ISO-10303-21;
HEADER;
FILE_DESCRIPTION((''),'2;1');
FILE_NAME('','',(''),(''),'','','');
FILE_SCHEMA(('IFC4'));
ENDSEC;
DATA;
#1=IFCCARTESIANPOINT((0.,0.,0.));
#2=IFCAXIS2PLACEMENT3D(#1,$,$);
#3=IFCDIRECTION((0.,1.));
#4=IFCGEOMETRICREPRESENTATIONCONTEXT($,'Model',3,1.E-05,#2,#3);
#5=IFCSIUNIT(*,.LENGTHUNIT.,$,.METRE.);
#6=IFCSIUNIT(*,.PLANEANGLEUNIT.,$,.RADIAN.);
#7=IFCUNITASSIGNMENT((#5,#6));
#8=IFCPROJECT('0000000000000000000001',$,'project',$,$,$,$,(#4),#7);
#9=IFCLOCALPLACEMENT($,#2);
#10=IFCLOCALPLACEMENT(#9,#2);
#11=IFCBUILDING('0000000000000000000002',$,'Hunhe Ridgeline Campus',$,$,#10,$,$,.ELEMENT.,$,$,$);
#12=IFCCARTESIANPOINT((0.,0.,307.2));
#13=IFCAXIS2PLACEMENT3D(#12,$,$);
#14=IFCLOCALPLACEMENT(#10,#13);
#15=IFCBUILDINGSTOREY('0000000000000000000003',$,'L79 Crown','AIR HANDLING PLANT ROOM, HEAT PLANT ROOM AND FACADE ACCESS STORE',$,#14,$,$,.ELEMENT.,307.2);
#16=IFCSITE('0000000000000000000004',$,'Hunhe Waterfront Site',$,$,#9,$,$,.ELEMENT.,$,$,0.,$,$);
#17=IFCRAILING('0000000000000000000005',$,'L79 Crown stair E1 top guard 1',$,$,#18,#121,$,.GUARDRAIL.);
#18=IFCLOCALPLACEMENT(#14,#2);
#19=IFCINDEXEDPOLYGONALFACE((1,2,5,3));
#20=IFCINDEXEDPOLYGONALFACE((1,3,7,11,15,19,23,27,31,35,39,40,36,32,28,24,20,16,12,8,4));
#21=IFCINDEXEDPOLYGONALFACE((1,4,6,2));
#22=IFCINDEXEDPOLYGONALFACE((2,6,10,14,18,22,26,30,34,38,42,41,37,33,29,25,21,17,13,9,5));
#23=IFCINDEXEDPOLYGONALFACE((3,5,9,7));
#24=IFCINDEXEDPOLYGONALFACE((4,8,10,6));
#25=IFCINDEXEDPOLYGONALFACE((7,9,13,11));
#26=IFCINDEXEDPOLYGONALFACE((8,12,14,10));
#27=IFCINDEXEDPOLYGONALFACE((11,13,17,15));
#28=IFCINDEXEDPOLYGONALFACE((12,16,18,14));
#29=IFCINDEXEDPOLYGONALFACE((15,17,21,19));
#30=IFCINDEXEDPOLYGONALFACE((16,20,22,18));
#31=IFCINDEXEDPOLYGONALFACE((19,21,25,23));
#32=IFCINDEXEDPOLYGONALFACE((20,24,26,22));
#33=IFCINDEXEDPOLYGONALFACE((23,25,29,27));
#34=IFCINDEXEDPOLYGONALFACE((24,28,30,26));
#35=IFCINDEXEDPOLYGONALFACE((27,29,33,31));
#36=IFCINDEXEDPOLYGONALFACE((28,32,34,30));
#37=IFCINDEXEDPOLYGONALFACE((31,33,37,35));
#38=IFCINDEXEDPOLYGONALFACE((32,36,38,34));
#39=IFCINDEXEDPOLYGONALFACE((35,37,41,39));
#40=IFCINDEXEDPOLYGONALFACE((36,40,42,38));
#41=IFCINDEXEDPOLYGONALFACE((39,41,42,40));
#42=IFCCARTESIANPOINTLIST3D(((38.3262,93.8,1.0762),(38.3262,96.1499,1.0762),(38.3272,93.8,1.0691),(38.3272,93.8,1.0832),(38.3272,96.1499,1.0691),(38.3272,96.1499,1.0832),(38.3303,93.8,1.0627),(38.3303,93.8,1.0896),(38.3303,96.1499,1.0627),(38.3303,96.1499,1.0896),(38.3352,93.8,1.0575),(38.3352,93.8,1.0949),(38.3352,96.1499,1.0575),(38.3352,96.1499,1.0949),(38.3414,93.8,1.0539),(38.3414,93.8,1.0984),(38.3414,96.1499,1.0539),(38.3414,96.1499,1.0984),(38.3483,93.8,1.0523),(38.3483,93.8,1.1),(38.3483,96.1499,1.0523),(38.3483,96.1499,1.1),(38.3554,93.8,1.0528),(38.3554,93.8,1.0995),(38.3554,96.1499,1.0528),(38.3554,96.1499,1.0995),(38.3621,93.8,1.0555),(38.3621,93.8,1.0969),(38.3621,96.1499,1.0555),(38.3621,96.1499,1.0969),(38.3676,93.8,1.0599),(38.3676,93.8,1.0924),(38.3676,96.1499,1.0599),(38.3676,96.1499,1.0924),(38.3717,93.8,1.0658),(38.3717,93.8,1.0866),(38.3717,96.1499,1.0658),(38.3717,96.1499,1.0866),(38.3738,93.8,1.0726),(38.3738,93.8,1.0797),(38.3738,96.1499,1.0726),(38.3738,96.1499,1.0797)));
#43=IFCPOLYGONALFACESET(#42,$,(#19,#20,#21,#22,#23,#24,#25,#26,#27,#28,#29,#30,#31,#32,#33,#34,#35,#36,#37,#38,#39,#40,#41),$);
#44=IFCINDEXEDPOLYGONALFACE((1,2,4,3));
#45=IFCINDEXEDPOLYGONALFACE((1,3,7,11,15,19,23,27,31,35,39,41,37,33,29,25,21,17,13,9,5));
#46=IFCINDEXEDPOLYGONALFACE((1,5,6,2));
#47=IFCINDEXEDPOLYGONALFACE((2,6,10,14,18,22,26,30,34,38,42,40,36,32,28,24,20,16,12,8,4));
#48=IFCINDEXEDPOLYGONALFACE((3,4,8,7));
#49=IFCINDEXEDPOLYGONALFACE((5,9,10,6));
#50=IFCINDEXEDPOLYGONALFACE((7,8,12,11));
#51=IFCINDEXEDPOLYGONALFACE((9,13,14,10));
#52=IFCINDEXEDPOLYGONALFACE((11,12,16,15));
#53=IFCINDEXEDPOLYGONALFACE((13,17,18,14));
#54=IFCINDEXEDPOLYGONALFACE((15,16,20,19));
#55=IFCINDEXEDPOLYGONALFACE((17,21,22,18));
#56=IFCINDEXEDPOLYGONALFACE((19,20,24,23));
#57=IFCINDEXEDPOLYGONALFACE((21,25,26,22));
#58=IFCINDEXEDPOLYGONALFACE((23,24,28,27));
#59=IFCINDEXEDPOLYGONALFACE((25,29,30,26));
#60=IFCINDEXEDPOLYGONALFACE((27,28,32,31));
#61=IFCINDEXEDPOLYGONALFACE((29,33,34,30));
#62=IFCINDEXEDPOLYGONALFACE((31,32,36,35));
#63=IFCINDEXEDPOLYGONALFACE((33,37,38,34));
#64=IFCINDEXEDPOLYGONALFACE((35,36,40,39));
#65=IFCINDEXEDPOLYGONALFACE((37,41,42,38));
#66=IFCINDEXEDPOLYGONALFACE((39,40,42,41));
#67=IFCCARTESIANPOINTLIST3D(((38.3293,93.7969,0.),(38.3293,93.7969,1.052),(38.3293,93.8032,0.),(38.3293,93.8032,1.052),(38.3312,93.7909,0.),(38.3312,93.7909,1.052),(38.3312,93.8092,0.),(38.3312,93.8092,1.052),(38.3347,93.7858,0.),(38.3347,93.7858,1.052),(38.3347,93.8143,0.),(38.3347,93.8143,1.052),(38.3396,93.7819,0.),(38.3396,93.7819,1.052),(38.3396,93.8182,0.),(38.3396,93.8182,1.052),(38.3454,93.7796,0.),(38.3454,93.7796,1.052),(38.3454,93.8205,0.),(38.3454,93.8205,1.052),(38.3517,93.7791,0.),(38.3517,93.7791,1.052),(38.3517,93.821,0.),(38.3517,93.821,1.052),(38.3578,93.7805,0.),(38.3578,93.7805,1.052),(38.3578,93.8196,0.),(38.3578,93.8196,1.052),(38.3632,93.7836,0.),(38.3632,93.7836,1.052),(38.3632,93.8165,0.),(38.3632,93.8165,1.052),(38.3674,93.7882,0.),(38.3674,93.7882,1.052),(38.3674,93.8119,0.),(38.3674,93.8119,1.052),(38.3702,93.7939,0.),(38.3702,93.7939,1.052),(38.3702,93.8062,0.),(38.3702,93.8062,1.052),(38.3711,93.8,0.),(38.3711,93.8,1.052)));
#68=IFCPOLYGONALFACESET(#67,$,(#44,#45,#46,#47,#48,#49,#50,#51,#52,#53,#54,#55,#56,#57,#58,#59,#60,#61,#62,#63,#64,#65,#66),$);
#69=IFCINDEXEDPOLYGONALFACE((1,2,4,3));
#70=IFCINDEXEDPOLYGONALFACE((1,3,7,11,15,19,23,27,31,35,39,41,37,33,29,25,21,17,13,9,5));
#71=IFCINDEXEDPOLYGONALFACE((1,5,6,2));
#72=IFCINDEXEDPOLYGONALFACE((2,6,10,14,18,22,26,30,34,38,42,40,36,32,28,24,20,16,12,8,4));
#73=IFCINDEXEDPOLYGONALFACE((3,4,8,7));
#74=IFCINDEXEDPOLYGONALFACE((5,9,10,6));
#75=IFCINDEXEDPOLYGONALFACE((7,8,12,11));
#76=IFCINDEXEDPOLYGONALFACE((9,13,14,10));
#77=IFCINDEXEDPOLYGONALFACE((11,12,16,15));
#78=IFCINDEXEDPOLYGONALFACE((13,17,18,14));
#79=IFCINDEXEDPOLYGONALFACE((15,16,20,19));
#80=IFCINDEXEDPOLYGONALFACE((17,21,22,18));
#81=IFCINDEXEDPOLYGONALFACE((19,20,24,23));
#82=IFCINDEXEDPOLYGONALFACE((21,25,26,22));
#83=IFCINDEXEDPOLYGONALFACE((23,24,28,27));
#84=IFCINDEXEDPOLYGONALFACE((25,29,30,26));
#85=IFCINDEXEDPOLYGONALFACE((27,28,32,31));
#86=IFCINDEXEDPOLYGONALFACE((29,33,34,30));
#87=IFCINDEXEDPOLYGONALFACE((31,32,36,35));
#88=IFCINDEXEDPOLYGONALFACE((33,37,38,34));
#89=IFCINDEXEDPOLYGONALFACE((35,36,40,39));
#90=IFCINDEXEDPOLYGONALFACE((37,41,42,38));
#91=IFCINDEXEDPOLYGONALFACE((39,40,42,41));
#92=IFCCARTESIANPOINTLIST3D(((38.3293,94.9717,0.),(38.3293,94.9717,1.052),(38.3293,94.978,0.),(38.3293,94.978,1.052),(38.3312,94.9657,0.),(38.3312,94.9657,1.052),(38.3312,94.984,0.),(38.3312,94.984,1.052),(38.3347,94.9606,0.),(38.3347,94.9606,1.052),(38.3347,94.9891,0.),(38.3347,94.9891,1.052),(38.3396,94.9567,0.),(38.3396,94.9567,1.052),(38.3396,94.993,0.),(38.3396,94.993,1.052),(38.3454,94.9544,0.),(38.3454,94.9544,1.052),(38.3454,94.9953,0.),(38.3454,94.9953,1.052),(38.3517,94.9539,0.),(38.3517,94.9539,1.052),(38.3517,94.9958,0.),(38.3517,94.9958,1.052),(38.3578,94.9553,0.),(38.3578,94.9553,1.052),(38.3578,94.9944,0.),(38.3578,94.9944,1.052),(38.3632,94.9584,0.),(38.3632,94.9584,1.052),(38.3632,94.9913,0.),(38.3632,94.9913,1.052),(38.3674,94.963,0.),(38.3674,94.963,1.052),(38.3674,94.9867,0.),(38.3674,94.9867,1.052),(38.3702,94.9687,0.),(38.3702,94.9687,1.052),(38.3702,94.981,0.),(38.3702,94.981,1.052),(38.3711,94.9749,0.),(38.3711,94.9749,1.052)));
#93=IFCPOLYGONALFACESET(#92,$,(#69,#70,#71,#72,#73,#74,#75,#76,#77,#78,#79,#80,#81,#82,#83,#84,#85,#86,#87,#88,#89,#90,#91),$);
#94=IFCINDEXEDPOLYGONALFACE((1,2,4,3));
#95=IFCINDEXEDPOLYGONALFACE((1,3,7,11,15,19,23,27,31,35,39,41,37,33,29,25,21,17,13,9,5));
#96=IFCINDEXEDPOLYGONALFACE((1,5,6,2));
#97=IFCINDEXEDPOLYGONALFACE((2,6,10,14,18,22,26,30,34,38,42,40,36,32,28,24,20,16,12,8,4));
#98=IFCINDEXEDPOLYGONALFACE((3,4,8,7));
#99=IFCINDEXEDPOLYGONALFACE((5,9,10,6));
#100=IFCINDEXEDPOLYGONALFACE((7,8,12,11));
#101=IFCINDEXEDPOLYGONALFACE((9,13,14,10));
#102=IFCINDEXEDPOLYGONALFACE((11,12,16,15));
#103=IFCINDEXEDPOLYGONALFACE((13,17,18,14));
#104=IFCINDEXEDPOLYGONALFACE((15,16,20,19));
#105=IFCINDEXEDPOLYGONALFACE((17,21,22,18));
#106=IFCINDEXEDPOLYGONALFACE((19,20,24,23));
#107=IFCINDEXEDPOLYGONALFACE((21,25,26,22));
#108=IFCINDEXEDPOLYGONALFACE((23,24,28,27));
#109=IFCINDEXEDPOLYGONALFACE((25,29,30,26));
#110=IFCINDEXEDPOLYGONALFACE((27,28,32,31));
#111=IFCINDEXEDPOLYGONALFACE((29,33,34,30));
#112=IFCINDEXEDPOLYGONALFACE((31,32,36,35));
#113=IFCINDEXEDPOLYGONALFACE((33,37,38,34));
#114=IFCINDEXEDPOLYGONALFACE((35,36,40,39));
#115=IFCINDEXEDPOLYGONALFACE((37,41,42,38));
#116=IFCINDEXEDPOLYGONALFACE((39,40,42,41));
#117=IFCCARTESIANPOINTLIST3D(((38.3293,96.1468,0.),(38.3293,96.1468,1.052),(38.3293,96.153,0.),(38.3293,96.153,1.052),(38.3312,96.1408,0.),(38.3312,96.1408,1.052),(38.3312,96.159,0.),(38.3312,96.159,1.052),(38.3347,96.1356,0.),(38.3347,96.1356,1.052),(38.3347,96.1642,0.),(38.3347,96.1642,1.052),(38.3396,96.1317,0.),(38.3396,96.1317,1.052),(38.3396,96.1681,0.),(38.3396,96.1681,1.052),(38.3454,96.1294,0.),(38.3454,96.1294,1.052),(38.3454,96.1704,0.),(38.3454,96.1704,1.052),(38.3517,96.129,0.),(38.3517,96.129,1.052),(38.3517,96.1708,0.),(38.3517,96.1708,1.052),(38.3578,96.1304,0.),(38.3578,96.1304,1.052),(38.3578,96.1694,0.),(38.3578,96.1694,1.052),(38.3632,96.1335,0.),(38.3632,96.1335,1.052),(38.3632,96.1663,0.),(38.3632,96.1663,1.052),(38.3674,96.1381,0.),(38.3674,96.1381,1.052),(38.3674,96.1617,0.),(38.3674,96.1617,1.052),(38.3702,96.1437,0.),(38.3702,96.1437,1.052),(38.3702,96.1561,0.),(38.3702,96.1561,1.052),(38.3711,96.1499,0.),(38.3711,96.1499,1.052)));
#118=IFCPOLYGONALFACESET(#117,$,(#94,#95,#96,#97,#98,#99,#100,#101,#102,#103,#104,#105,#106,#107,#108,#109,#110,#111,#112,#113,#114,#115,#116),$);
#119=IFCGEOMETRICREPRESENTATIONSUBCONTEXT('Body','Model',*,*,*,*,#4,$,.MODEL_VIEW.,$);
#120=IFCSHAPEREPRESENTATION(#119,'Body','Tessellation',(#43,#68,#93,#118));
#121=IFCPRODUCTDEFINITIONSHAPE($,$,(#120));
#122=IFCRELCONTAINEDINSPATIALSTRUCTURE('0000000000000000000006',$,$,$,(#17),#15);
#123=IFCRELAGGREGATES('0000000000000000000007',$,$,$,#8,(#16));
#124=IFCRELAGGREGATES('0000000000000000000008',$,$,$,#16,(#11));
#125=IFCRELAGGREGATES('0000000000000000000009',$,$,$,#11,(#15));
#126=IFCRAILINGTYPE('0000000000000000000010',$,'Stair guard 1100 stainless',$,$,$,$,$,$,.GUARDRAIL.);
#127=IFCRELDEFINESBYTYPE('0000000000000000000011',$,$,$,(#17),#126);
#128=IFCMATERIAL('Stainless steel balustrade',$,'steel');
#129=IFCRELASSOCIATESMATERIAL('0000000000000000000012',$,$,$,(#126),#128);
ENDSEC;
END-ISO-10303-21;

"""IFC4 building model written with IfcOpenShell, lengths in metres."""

from ifc_helpers import new_model, si_unit, direction, frame, origin, origin_2d, place, context, subcontext, project, spatial, circle, extrude, material, type_object, element, save


model = new_model("IFC4")

# Units and contexts
model_context = context("Model", 3, precision=1e-05, world=origin(), true_north=direction((0.0, 1.0)))
body_context = subcontext(model_context, "Body", "Model", "MODEL_VIEW")
ifc_project = project(units=[si_unit("LENGTHUNIT", "METRE"), si_unit("PLANEANGLEUNIT", "RADIAN")], contexts=[model_context])

# Site, building, storey
site_placement = place(None, origin())
site = spatial("IfcSite", under=ifc_project, at=site_placement, Name="Hunhe Waterfront Site", CompositionType="ELEMENT", RefElevation=0.0)
building_placement = place(site_placement, origin())
building = spatial("IfcBuilding", under=site, at=building_placement, Name="Hunhe Ridgeline Campus", CompositionType="ELEMENT")
storey_placement = place(building_placement, frame((0.0, 0.0, 307.2)))
storey = spatial("IfcBuildingStorey", under=building, at=storey_placement, Name="L79 Crown", Description="AIR HANDLING PLANT ROOM, HEAT PLANT ROOM AND FACADE ACCESS STORE", CompositionType="ELEMENT", Elevation=307.2)

# Railing
ifc_material_1 = material(Name="Stainless steel balustrade", Category="steel")
railing_type = type_object("IfcRailingType", Name="Stair guard 1100 stainless", PredefinedType="GUARDRAIL", material=ifc_material_1)
railing_placement = place(storey_placement, frame((38.3501, 93.8, 0.0)))
element("IfcRailing", 1, at=railing_placement, inside=storey, type_object=railing_type, Name="L79 Crown stair E1 top guard 1", PredefinedType="GUARDRAIL", context=body_context, shape_type="SweptSolid", body=[
    extrude(circle(Radius=0.0239, at=origin_2d()), frame((0.0, 0.0, 1.0762), z_axis=(0.0, 1.0, 0.0), x_axis=(-1.0, 0.0, 0.0)), (0.0, 0.0, 1.0), 2.3499),
    extrude(circle(Radius=0.021, at=origin_2d()), origin(), (0.0, 0.0, 1.0), 1.052),
    extrude(circle(Radius=0.021, at=origin_2d()), frame((0.0, 1.1748, 0.0)), (0.0, 0.0, 1.0), 1.052),
    extrude(circle(Radius=0.021, at=origin_2d()), frame((0.0, 2.3499, 0.0)), (0.0, 0.0, 1.0), 1.052),
])

save(model, "model.ifc")
